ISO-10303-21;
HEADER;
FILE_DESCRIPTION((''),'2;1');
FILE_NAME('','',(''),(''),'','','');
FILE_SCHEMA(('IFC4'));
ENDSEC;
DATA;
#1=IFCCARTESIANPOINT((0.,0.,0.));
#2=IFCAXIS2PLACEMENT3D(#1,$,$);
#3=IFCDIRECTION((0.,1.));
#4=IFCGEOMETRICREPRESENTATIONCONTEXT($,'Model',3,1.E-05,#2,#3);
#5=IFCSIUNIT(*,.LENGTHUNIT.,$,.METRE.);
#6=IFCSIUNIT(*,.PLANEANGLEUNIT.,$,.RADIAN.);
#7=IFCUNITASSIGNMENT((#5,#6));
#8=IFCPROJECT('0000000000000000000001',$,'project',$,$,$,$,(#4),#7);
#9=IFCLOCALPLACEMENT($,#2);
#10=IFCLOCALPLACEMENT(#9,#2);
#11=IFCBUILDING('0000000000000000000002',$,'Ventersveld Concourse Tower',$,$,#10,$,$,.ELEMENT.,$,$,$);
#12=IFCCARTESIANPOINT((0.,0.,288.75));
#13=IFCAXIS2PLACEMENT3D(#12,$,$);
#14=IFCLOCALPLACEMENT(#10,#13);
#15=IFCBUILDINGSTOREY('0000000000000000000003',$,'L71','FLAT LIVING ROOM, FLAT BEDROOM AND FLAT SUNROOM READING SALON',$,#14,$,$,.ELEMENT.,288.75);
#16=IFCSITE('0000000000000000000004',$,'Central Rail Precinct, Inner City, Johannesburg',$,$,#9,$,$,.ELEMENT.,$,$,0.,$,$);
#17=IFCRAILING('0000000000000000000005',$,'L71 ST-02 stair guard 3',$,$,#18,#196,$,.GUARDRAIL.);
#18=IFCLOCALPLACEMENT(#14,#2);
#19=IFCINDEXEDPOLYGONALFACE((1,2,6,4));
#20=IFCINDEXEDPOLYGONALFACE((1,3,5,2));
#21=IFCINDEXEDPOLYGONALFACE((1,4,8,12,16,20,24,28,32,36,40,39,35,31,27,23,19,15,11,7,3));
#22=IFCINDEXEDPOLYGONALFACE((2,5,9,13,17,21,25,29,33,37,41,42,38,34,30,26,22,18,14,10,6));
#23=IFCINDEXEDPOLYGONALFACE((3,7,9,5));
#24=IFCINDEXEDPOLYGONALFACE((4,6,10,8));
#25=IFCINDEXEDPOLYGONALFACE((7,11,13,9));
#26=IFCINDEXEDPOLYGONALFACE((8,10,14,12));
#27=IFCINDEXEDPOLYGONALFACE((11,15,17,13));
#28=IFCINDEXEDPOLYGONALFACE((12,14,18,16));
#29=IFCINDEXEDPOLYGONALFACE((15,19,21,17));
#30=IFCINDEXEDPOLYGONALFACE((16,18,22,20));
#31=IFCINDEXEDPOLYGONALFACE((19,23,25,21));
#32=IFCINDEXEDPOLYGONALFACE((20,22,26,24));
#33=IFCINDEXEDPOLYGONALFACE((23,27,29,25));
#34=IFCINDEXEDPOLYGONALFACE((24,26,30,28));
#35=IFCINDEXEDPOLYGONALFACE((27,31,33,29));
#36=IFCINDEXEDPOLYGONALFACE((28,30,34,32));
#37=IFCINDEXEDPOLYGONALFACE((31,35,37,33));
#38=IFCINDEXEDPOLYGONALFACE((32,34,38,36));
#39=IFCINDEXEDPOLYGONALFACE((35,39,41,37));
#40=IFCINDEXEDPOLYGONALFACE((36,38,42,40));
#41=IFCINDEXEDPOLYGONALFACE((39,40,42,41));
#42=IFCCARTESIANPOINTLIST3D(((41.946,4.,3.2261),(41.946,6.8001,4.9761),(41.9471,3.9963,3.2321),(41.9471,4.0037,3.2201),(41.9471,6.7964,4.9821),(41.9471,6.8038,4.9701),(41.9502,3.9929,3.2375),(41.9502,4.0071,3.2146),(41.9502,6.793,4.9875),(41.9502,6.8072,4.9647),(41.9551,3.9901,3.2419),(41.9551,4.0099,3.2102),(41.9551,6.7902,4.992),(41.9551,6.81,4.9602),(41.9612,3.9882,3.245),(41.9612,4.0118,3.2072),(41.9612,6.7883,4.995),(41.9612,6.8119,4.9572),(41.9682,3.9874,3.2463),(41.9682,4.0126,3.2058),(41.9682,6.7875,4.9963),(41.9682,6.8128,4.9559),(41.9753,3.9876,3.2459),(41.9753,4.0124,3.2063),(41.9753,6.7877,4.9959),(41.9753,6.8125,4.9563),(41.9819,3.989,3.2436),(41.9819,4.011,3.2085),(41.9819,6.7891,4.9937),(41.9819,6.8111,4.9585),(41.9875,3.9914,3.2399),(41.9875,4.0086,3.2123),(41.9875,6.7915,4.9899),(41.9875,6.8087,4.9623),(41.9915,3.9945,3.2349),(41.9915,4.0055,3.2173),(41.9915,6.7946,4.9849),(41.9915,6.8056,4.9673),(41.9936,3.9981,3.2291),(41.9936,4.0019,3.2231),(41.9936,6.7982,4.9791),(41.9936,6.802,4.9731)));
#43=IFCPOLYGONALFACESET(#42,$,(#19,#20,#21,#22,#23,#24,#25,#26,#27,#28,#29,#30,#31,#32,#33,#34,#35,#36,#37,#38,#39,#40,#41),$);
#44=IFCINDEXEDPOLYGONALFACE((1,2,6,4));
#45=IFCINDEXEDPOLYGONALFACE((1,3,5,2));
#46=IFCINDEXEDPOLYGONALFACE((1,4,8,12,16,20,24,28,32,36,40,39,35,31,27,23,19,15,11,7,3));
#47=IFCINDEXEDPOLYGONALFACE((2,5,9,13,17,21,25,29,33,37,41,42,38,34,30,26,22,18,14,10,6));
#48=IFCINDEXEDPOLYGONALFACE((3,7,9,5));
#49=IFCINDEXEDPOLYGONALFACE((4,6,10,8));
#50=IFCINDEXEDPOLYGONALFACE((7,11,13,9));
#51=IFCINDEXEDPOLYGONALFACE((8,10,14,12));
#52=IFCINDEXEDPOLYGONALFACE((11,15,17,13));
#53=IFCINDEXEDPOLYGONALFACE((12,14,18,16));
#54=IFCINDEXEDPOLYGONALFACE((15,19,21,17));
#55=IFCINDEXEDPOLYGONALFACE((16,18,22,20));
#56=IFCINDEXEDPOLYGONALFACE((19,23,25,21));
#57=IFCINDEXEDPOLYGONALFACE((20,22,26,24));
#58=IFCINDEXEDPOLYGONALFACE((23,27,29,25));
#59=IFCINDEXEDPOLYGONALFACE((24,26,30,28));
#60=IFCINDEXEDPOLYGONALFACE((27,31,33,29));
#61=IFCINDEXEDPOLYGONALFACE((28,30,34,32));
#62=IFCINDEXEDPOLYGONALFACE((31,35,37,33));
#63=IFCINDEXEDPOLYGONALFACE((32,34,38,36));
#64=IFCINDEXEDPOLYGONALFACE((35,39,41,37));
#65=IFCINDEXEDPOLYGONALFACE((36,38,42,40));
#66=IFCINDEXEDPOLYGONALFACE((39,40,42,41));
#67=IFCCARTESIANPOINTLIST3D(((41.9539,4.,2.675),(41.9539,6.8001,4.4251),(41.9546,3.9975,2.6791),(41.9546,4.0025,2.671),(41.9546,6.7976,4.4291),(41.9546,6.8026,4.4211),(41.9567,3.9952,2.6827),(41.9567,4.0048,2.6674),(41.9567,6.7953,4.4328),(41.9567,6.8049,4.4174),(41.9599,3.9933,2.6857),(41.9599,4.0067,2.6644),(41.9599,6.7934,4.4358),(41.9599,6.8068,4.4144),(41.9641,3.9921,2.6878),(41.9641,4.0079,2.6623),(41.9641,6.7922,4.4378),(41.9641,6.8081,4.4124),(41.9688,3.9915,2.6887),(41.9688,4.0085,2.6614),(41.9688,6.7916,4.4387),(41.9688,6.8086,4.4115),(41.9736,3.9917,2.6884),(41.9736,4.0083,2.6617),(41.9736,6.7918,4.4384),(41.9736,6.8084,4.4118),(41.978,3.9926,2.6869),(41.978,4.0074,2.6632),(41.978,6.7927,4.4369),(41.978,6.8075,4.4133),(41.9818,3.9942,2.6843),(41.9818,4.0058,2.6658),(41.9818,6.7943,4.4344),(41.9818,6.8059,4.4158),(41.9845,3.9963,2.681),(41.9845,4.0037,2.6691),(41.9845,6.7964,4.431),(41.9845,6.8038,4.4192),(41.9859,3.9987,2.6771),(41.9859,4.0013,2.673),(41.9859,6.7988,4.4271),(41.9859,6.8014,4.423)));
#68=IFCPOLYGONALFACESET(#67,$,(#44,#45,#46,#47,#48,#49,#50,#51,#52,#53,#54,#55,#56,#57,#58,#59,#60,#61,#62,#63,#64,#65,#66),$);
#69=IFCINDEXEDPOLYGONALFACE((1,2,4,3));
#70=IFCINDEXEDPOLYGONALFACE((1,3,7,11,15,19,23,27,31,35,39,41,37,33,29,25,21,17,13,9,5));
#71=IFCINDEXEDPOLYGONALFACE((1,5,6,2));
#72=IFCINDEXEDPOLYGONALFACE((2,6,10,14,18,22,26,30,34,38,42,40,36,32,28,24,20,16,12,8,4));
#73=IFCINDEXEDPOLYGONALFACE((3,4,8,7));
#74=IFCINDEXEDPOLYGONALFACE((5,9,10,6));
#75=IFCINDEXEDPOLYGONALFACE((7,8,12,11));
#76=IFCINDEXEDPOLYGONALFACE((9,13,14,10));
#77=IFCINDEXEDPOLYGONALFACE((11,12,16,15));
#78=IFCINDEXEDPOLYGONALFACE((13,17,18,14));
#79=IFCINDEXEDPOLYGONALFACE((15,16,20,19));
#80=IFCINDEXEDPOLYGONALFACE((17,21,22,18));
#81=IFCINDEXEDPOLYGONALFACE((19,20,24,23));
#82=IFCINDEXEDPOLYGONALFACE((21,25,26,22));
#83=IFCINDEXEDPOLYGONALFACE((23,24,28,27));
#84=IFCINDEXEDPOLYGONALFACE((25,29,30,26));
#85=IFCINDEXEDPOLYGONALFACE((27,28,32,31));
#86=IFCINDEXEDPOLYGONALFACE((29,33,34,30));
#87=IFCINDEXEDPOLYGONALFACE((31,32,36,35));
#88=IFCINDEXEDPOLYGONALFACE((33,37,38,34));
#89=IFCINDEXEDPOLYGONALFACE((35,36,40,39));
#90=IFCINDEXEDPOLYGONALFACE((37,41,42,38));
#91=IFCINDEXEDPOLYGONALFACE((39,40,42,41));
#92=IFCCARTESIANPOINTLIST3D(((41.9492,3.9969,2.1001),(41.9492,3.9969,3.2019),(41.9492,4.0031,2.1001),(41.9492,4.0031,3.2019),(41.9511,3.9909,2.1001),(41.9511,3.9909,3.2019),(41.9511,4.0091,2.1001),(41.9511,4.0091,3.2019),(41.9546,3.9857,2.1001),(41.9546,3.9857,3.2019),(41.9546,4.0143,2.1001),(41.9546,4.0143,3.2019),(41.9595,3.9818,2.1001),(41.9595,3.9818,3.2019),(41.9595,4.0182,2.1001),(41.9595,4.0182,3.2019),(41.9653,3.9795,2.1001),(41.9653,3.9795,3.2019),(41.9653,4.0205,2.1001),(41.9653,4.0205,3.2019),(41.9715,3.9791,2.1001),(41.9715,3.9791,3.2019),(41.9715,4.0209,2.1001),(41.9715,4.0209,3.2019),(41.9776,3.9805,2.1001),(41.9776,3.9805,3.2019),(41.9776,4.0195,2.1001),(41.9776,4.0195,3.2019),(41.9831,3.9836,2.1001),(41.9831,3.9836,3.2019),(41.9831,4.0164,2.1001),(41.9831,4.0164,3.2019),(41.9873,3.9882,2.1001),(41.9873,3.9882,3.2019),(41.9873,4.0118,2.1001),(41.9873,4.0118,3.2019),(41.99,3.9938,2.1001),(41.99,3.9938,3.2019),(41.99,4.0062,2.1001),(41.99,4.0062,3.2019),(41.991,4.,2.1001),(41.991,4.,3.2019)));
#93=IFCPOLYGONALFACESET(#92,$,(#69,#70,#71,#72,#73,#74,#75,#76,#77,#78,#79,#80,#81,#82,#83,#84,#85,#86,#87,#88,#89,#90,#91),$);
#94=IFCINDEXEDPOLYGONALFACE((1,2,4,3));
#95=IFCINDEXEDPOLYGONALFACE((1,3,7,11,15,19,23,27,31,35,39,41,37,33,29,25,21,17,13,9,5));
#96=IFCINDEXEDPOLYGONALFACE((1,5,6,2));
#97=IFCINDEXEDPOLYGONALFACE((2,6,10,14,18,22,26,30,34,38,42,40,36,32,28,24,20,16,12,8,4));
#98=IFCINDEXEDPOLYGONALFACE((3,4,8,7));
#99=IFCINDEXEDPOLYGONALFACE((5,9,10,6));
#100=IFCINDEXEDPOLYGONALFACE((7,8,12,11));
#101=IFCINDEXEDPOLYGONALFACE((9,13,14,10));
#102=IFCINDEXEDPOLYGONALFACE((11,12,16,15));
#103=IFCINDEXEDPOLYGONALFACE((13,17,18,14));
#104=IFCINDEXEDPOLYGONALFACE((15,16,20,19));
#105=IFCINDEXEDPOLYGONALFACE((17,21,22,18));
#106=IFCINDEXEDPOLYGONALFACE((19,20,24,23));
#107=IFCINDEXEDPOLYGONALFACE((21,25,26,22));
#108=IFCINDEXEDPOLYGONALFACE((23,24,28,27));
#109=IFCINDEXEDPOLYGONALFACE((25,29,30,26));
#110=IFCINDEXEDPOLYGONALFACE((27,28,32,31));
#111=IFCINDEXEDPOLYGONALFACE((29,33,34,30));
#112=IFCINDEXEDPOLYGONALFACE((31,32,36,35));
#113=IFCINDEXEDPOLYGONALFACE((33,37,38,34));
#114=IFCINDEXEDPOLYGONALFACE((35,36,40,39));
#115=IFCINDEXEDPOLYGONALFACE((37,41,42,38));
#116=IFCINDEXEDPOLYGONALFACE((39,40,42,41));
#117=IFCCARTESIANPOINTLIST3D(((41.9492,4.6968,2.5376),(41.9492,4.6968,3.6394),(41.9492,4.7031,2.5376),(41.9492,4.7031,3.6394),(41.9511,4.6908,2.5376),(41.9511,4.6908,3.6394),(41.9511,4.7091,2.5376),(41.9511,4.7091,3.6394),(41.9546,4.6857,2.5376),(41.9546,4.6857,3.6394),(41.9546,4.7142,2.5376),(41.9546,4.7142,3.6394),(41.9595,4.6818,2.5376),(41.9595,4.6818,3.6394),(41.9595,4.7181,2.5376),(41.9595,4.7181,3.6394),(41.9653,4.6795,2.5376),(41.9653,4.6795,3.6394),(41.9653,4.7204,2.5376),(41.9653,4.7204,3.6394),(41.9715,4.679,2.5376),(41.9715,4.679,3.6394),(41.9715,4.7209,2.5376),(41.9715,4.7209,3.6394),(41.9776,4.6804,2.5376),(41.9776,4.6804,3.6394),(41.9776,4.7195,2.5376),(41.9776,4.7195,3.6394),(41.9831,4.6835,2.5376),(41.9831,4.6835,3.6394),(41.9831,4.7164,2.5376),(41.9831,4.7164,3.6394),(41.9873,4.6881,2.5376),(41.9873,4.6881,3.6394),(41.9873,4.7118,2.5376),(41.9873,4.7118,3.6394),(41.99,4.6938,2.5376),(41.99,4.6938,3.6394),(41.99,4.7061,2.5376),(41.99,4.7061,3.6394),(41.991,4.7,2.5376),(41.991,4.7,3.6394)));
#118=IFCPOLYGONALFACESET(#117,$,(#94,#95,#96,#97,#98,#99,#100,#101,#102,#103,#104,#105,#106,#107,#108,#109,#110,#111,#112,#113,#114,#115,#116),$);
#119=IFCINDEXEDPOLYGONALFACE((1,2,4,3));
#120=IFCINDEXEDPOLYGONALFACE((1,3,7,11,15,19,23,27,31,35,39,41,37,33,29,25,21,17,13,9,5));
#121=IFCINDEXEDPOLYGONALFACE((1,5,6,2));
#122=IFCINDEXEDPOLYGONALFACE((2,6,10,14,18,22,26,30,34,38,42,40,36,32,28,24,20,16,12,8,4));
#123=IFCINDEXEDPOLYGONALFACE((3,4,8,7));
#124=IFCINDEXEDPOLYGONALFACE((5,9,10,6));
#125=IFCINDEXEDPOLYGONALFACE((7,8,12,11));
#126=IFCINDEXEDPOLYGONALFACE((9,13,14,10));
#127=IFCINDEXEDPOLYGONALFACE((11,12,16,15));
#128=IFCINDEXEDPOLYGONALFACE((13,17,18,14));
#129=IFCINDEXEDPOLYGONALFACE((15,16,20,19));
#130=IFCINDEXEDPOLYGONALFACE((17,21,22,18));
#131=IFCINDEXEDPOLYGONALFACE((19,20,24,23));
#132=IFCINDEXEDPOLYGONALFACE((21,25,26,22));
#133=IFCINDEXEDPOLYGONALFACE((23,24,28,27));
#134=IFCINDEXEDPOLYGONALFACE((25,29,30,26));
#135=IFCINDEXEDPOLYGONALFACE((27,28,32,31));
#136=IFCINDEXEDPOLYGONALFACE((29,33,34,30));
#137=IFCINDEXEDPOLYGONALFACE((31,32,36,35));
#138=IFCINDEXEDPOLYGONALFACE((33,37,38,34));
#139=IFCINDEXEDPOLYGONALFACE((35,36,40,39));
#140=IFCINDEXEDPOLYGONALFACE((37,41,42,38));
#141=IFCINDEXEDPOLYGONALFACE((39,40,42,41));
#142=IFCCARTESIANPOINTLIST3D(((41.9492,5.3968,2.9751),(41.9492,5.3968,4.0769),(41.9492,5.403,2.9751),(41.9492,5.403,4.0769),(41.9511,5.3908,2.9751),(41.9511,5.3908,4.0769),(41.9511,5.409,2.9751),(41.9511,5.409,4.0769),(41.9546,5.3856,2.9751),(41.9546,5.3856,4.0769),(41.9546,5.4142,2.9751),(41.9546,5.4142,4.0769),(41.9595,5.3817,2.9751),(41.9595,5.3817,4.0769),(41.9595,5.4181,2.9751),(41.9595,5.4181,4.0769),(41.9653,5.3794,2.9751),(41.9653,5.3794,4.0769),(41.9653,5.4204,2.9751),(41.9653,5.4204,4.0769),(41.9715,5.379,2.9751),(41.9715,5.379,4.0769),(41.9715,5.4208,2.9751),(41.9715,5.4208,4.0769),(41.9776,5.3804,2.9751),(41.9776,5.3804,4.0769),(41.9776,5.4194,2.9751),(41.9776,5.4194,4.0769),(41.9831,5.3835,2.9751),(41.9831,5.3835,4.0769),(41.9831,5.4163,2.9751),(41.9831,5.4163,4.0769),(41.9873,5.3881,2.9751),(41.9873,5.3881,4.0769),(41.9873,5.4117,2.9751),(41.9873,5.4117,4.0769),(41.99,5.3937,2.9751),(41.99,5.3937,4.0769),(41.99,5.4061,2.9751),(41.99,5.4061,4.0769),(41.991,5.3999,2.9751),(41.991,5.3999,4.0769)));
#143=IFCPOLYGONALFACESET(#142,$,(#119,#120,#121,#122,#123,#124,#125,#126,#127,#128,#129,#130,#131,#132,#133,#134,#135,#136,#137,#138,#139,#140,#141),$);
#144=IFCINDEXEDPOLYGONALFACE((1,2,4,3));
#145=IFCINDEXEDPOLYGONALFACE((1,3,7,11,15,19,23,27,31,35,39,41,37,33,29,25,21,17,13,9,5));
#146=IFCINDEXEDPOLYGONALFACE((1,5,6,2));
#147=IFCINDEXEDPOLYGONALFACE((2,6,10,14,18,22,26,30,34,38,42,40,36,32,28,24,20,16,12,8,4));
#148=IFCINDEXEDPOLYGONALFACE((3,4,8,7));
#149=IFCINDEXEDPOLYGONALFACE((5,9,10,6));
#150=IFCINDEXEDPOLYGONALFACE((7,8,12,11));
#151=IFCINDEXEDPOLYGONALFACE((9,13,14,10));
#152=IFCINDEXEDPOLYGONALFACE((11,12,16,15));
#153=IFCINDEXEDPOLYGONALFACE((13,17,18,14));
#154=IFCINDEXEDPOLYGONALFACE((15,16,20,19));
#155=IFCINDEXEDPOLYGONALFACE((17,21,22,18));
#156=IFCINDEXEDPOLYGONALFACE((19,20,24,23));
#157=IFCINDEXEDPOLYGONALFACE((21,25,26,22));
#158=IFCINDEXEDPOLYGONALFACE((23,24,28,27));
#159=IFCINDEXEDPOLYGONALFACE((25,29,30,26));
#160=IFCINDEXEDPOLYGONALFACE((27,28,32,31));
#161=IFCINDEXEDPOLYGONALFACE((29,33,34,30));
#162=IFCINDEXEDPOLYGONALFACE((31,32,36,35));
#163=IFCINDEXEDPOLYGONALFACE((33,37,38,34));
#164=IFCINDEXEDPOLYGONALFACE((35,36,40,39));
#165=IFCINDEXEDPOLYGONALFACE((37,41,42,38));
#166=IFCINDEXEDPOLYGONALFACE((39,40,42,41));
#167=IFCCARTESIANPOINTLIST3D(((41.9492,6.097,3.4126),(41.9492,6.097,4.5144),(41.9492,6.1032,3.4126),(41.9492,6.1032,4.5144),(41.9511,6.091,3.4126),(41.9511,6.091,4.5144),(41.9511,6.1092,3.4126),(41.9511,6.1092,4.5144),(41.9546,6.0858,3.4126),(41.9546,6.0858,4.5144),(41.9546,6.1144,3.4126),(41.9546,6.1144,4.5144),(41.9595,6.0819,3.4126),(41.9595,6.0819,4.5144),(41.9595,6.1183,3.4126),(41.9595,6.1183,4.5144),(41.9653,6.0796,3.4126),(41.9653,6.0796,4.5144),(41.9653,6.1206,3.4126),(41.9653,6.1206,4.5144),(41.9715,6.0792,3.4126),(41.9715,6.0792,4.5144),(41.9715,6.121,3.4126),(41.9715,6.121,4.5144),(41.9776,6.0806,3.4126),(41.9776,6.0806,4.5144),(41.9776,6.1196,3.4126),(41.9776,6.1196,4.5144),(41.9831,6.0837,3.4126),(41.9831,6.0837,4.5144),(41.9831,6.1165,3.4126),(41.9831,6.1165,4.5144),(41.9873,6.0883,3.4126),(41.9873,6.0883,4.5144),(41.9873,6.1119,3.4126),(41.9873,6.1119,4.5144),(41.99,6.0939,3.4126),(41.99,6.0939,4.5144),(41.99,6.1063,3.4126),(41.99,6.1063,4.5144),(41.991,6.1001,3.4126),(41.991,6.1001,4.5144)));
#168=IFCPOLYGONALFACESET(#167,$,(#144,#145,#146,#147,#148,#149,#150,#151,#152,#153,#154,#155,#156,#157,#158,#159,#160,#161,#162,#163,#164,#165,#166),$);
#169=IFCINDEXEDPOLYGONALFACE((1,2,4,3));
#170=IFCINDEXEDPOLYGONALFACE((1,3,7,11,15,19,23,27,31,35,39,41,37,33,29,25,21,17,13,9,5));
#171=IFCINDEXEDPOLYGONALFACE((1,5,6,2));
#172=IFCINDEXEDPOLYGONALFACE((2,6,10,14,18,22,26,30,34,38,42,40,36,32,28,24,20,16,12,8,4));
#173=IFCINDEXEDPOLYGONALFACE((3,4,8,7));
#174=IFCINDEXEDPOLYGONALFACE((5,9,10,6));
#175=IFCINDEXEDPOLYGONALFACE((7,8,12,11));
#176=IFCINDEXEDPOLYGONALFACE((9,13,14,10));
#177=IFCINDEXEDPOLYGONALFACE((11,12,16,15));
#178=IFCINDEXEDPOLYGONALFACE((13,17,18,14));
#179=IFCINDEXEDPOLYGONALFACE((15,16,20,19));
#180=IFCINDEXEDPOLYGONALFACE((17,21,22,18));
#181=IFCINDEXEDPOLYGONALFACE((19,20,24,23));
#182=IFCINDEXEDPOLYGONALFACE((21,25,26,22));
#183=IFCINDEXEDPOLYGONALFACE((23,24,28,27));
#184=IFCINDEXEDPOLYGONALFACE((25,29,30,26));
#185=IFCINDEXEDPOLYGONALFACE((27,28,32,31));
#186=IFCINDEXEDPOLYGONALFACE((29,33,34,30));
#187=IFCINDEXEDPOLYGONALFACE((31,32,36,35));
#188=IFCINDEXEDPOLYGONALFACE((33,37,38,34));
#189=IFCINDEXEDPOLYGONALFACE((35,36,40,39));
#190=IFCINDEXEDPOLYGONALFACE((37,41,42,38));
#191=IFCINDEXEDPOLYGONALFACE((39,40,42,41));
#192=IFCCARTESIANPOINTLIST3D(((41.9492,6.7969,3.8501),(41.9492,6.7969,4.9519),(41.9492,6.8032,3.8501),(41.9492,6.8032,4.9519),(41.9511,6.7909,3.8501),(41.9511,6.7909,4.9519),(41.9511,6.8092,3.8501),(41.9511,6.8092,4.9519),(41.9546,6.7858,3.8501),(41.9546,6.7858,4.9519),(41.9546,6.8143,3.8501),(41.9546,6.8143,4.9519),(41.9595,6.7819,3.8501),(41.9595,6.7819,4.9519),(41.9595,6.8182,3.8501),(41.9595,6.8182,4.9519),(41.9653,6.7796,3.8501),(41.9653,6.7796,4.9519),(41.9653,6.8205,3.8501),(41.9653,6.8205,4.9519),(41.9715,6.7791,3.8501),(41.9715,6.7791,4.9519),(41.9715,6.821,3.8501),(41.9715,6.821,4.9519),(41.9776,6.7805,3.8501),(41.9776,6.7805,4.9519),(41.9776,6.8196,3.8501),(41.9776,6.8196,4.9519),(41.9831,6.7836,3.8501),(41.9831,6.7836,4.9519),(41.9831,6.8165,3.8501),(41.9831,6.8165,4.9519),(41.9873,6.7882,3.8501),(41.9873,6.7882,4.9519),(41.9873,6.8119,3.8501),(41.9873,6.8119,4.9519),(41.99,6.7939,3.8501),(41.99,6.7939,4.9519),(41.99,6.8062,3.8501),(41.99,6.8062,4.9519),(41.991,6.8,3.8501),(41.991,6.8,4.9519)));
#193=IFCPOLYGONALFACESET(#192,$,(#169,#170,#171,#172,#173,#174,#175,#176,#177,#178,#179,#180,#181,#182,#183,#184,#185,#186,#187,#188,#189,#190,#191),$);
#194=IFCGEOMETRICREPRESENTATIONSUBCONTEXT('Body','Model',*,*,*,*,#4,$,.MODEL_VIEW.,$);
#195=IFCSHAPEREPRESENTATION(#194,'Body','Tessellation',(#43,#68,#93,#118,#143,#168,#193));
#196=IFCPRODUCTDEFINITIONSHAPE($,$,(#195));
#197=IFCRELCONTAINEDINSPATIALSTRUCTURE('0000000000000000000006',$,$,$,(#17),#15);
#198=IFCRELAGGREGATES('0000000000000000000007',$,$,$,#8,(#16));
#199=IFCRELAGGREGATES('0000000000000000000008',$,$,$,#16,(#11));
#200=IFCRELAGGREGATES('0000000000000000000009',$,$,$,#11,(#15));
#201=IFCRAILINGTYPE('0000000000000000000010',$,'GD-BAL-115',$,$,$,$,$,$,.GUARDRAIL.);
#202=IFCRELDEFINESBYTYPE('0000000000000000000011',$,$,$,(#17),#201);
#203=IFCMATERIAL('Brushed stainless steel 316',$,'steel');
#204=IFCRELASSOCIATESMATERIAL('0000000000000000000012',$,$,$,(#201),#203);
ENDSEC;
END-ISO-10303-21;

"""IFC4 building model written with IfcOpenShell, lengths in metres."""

from ifc_helpers import new_model, si_unit, direction, frame, origin, origin_2d, place, context, subcontext, project, spatial, circle, extrude, material, type_object, element, save


model = new_model("IFC4")

# Units and contexts
model_context = context("Model", 3, precision=1e-05, world=origin(), true_north=direction((0.0, 1.0)))
body_context = subcontext(model_context, "Body", "Model", "MODEL_VIEW")
ifc_project = project(units=[si_unit("LENGTHUNIT", "METRE"), si_unit("PLANEANGLEUNIT", "RADIAN")], contexts=[model_context])

# Site, building, storey
site_placement = place(None, origin())
site = spatial("IfcSite", under=ifc_project, at=site_placement, Name="Central Rail Precinct, Inner City, Johannesburg", CompositionType="ELEMENT", RefElevation=0.0)
building_placement = place(site_placement, origin())
building = spatial("IfcBuilding", under=site, at=building_placement, Name="Ventersveld Concourse Tower", CompositionType="ELEMENT")
storey_placement = place(building_placement, frame((0.0, 0.0, 288.75)))
storey = spatial("IfcBuildingStorey", under=building, at=storey_placement, Name="L71", Description="FLAT LIVING ROOM, FLAT BEDROOM AND FLAT SUNROOM READING SALON", CompositionType="ELEMENT", Elevation=288.75)

# Railing
ifc_material_1 = material(Name="Brushed stainless steel 316", Category="steel")
railing_type_1 = type_object("IfcRailingType", Name="GD-BAL-115", PredefinedType="GUARDRAIL", material=ifc_material_1)
railing_1_placement = place(storey_placement, frame((41.97, 4.0, 2.1001)))
element("IfcRailing", 1, at=railing_1_placement, inside=storey, type_object=railing_type_1, Name="L71 ST-02 stair guard 3", PredefinedType="GUARDRAIL", context=body_context, shape_type="SweptSolid", body=[
    extrude(circle(Radius=0.0239, at=origin_2d()), frame((0.0, 0.0, 1.126), z_axis=(0.0, 0.848002, 0.529992), x_axis=(-1.0, 0.0, 0.0)), (0.0, 0.0, 1.0), 3.302),
    extrude(circle(Radius=0.0161, at=origin_2d()), frame((0.0, 0.0, 0.575), z_axis=(0.0, 0.848002, 0.529992), x_axis=(-1.0, 0.0, 0.0)), (0.0, 0.0, 1.0), 3.302),
    extrude(circle(Radius=0.021, at=origin_2d()), origin(), (0.0, 0.0, 1.0), 1.1018),
    extrude(circle(Radius=0.021, at=origin_2d()), frame((0.0, 0.7, 0.4375)), (0.0, 0.0, 1.0), 1.1018),
    extrude(circle(Radius=0.021, at=origin_2d()), frame((0.0, 1.3999, 0.875)), (0.0, 0.0, 1.0), 1.1018),
    extrude(circle(Radius=0.021, at=origin_2d()), frame((0.0, 2.1001, 1.3125)), (0.0, 0.0, 1.0), 1.1018),
    extrude(circle(Radius=0.021, at=origin_2d()), frame((0.0, 2.8, 1.75)), (0.0, 0.0, 1.0), 1.1018),
])

save(model, "model.ifc")
